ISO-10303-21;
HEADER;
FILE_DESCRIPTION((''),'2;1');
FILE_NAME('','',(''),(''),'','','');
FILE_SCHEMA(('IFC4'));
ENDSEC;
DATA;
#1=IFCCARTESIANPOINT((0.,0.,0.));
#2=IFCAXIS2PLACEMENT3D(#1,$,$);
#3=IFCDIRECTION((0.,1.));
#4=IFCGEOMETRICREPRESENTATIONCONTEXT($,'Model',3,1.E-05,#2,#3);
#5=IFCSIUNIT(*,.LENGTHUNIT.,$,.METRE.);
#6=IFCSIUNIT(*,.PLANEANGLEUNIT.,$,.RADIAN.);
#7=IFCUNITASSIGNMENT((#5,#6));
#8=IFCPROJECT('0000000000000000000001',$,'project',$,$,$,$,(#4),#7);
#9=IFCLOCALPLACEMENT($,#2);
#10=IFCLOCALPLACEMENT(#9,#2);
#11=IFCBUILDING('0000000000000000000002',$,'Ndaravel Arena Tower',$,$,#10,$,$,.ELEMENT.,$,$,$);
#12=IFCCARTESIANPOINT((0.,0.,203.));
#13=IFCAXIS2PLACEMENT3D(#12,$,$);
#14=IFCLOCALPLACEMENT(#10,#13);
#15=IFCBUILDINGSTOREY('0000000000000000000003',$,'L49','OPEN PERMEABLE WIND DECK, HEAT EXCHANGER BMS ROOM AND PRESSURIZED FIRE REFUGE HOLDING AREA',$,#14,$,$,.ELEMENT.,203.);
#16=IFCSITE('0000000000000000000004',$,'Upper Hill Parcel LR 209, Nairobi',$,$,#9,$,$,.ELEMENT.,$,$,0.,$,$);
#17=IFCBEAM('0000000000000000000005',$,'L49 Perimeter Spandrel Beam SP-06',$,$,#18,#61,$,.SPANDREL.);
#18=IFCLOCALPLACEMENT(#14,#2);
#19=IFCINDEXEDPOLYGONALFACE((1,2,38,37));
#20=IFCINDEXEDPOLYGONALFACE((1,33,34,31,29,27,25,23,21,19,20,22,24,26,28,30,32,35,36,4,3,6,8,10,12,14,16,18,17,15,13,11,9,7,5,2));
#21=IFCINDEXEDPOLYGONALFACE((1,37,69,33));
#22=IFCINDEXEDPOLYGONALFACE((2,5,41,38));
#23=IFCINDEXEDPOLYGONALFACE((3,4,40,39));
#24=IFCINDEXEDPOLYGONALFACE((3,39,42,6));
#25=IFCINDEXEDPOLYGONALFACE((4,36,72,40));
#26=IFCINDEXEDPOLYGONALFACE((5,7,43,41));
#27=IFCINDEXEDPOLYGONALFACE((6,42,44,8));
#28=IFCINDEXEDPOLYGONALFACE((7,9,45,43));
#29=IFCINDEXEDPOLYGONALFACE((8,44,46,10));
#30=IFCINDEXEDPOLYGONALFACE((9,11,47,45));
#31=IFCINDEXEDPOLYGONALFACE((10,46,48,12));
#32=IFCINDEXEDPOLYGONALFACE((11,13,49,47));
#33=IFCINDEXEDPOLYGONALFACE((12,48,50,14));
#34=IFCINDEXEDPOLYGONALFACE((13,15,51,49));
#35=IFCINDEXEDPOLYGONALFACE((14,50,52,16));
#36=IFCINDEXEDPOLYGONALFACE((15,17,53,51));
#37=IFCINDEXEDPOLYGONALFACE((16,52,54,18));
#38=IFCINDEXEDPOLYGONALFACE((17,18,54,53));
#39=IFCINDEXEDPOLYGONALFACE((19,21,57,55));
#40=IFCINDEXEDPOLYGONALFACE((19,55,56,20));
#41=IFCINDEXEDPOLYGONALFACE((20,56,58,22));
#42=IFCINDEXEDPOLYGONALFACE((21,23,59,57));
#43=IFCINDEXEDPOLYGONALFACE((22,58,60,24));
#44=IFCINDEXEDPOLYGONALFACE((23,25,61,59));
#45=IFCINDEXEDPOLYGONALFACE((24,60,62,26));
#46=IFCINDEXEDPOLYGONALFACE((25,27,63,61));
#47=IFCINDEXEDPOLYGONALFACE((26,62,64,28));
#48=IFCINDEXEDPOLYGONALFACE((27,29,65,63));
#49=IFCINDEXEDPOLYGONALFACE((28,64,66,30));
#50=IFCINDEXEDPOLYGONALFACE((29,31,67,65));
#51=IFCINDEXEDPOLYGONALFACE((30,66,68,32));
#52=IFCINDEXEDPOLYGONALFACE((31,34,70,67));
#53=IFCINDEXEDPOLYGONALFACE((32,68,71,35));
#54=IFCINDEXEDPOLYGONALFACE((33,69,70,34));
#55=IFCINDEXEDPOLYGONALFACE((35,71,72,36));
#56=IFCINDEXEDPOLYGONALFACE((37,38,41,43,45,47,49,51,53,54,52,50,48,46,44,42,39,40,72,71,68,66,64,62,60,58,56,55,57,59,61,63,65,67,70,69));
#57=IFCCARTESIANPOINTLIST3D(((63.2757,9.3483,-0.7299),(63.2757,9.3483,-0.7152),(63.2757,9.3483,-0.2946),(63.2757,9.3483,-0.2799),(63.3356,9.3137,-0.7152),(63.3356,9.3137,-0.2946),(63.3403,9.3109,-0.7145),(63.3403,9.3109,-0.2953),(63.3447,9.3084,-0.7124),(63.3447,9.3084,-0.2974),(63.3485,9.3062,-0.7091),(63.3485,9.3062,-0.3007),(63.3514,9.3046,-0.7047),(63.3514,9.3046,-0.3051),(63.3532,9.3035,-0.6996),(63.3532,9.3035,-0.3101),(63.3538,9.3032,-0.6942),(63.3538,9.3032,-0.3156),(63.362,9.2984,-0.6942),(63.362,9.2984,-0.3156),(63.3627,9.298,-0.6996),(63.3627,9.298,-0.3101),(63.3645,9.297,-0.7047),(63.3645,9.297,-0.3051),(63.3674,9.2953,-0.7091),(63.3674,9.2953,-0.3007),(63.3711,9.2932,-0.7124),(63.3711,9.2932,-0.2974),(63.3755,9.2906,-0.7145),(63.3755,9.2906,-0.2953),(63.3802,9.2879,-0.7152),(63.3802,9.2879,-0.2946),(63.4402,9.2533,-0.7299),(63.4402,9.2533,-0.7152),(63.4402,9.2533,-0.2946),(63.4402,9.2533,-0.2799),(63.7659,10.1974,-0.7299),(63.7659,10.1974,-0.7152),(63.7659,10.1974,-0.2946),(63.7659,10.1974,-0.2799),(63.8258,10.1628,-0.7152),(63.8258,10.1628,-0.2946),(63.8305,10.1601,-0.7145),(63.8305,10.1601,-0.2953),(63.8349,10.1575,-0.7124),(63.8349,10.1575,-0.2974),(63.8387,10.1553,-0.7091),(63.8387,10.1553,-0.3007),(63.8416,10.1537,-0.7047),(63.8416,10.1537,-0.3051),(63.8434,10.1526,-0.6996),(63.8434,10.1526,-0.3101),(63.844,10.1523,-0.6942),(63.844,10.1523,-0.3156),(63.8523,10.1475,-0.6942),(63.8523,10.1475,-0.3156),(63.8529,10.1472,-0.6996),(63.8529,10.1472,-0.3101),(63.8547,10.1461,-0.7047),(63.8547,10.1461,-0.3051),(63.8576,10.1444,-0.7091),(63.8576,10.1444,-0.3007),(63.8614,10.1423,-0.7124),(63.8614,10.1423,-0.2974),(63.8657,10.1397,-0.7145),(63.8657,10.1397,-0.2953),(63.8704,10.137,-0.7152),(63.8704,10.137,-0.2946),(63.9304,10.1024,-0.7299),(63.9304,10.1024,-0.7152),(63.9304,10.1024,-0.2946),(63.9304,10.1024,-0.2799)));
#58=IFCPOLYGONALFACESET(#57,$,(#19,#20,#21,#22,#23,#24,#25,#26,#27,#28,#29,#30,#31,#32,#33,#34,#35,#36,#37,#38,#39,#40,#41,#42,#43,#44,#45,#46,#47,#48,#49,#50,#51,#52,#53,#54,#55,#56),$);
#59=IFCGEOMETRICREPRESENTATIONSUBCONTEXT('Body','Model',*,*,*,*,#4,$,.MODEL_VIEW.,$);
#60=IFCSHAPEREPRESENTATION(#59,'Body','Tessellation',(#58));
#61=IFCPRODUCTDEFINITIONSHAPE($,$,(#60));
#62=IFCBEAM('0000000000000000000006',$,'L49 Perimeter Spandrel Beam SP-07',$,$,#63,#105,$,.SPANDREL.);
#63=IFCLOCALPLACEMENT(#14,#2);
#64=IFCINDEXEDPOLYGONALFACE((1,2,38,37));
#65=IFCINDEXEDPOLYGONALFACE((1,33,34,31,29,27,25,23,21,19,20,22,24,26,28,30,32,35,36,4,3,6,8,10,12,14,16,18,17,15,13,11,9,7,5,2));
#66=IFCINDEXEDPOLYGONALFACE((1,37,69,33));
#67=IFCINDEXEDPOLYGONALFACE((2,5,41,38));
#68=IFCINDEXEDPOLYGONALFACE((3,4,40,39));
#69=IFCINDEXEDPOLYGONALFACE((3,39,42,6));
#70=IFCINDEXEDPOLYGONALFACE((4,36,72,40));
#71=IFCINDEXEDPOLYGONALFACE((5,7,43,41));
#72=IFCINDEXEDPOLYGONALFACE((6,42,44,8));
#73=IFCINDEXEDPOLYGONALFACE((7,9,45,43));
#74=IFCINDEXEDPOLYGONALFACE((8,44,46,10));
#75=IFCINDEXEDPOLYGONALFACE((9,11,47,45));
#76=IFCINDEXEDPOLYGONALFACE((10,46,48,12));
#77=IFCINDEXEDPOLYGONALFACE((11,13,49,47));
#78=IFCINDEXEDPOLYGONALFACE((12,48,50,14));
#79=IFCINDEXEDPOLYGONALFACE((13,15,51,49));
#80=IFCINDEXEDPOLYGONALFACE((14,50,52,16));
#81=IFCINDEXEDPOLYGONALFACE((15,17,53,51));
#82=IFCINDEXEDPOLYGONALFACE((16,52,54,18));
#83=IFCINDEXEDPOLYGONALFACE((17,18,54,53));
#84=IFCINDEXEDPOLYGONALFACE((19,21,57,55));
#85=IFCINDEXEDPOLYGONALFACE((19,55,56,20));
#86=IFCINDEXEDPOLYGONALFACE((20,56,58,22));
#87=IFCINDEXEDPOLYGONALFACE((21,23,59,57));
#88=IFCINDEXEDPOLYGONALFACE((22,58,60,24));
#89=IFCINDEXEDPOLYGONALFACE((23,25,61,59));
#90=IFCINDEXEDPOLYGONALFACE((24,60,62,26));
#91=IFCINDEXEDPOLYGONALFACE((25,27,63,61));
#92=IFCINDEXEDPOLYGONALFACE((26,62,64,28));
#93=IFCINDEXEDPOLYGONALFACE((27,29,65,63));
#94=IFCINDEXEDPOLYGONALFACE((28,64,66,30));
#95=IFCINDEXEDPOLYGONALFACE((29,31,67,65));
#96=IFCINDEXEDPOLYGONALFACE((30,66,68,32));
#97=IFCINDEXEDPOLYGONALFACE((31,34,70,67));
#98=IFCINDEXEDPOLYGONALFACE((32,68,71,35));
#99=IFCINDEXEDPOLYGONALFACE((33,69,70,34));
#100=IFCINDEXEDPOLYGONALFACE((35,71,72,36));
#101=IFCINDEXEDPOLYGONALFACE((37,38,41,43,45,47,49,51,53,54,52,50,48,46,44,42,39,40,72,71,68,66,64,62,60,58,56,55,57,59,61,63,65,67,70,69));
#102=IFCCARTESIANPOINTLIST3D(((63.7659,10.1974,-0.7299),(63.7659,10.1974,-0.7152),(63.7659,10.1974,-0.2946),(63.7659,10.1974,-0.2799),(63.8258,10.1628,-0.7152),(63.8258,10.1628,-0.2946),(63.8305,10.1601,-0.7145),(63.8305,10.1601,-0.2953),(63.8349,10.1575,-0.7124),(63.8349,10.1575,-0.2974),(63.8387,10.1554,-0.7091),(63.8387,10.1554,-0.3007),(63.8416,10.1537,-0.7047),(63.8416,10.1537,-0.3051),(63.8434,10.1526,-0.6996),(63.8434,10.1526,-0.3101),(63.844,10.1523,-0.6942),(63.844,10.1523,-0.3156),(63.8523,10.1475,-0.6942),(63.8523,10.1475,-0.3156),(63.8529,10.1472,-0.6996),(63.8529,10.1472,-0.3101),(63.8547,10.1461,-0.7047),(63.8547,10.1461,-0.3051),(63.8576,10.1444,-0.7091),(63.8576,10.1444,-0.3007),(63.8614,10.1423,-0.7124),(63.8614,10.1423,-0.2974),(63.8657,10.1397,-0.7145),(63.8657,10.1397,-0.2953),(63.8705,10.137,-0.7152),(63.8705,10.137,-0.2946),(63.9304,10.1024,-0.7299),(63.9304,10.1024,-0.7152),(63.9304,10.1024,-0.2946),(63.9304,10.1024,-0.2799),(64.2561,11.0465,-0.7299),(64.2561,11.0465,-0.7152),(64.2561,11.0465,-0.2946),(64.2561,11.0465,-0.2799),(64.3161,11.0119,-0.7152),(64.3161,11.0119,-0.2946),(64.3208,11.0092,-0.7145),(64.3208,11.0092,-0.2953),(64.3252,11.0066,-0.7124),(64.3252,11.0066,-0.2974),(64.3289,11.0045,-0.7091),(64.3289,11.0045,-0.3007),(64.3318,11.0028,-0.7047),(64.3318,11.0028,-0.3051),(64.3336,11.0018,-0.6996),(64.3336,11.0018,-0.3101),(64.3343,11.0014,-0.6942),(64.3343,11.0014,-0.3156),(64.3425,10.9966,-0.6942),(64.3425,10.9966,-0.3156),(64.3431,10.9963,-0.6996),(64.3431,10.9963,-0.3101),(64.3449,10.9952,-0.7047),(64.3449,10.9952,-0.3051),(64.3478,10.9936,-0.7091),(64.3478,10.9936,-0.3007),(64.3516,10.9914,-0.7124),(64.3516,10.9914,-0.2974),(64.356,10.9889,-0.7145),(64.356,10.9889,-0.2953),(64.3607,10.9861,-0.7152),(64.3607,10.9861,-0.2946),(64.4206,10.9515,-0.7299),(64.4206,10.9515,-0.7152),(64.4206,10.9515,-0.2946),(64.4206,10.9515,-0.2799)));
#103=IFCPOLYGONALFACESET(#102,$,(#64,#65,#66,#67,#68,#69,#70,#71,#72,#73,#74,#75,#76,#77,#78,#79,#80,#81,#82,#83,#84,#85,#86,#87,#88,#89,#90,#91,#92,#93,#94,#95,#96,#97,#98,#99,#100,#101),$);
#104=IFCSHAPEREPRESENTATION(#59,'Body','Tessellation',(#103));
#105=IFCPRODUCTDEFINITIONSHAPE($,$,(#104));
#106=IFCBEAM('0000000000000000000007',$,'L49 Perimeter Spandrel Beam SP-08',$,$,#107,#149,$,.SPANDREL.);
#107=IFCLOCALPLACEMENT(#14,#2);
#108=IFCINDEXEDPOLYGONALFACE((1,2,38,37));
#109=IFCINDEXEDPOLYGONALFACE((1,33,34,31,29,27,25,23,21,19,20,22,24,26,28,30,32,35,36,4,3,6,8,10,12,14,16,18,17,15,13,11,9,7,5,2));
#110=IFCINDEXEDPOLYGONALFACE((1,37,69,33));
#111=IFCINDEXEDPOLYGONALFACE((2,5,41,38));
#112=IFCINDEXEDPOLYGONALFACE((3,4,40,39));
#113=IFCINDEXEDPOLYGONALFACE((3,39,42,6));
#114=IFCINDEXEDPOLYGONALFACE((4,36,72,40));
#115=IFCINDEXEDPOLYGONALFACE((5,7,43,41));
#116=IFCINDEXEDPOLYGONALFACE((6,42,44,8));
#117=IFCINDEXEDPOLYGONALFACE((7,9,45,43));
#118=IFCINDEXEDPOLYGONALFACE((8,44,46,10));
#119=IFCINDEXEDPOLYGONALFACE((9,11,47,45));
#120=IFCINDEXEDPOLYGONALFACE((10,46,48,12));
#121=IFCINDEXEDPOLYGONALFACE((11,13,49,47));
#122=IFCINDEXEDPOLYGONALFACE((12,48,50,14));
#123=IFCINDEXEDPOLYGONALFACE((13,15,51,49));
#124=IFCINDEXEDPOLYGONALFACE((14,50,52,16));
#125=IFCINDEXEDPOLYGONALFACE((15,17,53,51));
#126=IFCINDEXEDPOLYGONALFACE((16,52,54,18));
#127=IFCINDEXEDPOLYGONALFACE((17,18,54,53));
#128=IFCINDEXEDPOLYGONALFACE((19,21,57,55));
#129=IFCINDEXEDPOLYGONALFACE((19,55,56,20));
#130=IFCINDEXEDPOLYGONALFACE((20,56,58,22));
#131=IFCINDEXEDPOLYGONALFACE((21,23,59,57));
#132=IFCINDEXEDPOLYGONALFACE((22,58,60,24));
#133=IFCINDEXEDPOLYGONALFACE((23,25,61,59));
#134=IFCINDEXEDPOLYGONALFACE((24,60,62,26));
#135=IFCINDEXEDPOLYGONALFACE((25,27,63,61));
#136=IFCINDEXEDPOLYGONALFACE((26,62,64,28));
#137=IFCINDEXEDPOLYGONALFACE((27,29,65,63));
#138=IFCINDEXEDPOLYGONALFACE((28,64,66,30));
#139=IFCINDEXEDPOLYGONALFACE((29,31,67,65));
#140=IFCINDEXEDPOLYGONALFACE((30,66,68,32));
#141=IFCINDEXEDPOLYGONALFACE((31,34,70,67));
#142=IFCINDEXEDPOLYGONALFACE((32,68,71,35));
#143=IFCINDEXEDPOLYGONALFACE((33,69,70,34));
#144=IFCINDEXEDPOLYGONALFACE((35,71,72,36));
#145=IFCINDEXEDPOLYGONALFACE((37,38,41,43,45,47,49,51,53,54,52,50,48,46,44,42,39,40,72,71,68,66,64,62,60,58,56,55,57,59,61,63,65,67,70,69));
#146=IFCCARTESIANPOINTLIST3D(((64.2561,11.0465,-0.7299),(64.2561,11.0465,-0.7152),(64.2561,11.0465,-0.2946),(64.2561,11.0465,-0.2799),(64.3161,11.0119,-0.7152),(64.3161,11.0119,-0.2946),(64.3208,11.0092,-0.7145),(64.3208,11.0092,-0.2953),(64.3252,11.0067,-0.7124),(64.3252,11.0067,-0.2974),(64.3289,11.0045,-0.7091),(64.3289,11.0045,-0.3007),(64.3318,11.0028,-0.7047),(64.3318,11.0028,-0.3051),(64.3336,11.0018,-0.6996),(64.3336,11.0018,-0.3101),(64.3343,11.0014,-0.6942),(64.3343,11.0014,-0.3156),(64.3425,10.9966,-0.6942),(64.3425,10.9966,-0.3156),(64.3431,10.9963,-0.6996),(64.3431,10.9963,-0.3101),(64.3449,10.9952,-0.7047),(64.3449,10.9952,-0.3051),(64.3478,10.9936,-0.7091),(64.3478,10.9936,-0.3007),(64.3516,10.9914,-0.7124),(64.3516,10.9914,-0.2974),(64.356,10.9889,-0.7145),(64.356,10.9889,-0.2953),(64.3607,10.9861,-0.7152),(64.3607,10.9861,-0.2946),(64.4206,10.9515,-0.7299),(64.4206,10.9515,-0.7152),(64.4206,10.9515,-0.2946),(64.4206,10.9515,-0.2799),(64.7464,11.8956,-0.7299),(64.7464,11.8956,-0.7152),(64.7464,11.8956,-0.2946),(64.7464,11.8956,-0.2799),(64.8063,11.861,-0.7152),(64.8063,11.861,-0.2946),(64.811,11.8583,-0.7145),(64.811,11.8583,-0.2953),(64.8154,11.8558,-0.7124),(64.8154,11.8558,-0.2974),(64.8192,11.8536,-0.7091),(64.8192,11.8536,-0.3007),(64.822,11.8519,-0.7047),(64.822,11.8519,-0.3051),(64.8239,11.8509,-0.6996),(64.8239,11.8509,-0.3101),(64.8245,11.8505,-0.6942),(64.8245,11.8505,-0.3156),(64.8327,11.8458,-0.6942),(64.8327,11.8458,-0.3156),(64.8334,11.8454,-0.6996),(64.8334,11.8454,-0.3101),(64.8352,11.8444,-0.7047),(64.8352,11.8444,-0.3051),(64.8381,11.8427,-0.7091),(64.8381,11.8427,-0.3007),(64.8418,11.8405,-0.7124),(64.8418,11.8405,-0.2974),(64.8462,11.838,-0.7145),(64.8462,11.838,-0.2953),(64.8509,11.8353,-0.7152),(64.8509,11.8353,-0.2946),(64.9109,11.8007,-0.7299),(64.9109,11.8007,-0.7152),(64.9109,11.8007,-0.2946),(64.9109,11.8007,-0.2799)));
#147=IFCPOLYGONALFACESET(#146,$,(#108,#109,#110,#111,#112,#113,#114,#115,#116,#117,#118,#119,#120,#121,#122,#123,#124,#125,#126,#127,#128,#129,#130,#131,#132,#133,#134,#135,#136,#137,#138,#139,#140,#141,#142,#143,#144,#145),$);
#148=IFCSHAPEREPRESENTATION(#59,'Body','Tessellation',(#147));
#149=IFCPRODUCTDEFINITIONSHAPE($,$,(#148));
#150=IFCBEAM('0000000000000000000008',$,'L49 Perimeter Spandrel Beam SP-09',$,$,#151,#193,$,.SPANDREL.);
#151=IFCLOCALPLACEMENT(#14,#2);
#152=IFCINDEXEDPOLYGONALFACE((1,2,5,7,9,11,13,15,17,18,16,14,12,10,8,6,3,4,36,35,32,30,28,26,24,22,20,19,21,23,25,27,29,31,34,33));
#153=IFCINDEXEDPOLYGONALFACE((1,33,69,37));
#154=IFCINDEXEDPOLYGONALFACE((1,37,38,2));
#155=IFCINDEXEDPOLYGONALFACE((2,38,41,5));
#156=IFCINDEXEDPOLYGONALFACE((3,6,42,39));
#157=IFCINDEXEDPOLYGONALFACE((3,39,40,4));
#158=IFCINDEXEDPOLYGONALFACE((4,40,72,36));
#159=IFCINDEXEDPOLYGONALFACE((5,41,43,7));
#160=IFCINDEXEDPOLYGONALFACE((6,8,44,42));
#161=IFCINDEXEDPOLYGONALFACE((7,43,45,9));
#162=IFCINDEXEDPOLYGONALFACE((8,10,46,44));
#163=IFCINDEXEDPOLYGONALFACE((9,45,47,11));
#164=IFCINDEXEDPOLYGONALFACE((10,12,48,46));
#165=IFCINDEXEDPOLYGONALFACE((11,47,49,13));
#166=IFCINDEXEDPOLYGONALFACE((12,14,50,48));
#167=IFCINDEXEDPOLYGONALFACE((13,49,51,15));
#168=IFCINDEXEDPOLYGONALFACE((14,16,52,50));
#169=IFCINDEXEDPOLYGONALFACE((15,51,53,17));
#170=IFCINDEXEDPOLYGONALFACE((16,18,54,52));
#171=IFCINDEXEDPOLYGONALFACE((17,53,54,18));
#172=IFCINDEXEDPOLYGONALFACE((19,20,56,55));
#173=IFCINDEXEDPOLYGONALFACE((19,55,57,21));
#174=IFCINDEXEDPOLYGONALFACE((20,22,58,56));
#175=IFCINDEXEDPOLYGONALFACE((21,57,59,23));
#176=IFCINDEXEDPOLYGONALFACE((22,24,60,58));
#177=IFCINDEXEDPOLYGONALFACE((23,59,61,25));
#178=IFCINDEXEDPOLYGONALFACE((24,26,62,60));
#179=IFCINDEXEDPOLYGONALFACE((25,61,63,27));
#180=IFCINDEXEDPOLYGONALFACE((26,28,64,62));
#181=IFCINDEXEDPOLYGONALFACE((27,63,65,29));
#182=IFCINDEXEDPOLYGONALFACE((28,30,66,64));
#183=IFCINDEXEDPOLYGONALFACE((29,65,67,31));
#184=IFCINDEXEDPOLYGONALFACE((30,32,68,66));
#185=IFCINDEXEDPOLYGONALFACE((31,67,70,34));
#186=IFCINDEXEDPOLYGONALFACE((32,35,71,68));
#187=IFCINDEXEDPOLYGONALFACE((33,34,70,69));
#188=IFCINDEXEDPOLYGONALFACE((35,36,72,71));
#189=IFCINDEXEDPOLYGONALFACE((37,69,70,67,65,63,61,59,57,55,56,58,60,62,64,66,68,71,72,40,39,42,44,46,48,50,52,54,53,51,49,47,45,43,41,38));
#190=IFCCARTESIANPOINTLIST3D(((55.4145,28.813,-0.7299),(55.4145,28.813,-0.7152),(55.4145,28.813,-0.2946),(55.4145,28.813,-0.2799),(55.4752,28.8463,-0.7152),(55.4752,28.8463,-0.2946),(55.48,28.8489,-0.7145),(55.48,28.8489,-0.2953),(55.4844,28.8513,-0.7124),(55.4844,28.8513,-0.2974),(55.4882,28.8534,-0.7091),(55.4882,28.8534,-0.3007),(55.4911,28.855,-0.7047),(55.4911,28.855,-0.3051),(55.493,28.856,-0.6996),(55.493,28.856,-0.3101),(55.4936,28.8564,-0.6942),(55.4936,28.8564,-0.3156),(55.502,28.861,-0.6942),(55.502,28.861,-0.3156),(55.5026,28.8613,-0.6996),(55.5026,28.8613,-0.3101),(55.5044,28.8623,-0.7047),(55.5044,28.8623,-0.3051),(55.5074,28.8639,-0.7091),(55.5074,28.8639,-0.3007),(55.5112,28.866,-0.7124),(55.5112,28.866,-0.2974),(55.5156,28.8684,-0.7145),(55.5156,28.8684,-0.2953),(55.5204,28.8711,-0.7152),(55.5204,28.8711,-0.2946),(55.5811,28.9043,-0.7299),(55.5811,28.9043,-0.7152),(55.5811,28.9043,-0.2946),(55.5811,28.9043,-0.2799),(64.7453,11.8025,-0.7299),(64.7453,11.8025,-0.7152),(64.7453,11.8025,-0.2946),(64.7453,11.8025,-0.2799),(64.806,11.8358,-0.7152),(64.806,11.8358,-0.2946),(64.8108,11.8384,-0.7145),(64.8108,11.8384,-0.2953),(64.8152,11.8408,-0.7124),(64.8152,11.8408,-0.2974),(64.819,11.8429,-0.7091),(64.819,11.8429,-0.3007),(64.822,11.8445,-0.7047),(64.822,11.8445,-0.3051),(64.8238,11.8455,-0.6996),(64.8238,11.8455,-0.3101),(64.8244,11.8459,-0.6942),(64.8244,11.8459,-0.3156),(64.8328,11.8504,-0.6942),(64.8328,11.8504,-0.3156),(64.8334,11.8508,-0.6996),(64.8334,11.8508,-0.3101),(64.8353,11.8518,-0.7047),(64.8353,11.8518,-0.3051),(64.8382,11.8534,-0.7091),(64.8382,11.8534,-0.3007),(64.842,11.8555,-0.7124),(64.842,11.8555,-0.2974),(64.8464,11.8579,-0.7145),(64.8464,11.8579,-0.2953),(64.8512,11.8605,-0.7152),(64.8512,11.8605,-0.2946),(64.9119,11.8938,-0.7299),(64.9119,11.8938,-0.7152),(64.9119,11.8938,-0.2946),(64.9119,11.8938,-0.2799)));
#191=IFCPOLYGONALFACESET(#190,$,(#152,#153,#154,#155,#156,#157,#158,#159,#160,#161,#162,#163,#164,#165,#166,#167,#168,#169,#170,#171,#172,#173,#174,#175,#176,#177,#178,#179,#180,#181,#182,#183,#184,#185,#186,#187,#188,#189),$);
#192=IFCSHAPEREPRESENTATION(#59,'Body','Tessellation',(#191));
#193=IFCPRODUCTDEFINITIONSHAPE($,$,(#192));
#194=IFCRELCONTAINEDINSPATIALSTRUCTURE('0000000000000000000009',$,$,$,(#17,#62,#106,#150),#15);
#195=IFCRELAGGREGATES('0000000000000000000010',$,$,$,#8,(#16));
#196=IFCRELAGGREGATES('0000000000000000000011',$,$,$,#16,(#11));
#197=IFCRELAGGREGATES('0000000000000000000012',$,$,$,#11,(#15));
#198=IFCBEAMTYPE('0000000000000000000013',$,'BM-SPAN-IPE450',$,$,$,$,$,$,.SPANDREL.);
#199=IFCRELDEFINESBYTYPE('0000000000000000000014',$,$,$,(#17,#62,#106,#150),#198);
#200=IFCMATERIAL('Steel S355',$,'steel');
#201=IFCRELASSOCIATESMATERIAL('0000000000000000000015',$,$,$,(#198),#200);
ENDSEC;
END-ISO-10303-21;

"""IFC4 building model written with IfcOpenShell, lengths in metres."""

from ifc_helpers import new_model, si_unit, direction, frame, origin, origin_2d, place, context, subcontext, project, spatial, i_section, extrude, material, material_profile, profile_set, type_object, element, save


model = new_model("IFC4")

# Units and contexts
model_context = context("Model", 3, precision=1e-05, world=origin(), true_north=direction((0.0, 1.0)))
body_context = subcontext(model_context, "Body", "Model", "MODEL_VIEW")
ifc_project = project(units=[si_unit("LENGTHUNIT", "METRE"), si_unit("PLANEANGLEUNIT", "RADIAN")], contexts=[model_context])

# Site, building, storey
site_placement = place(None, origin())
site = spatial("IfcSite", under=ifc_project, at=site_placement, Name="Upper Hill Parcel LR 209, Nairobi", CompositionType="ELEMENT", RefElevation=0.0)
building_placement = place(site_placement, origin())
building = spatial("IfcBuilding", under=site, at=building_placement, Name="Ndaravel Arena Tower", CompositionType="ELEMENT")
storey_placement = place(building_placement, frame((0.0, 0.0, 203.0)))
storey = spatial("IfcBuildingStorey", under=building, at=storey_placement, Name="L49", Description="OPEN PERMEABLE WIND DECK, HEAT EXCHANGER BMS ROOM AND PRESSURIZED FIRE REFUGE HOLDING AREA", CompositionType="ELEMENT", Elevation=203.0)

# Beams
ifc_material_1 = material(Name="Steel S355", Category="steel")
ifc_material_profile_1 = material_profile(ifc_material_1, i_section(OverallWidth=0.1899, OverallDepth=0.45, WebThickness=0.0095, FlangeThickness=0.0146, FilletRadius=0.021, at=origin_2d()), Name="IPE 450")
ifc_profile_set_1 = profile_set([ifc_material_profile_1], Name="Steel S355")
beam_type = type_object("IfcBeamType", Name="BM-SPAN-IPE450", PredefinedType="SPANDREL", material=ifc_profile_set_1)
for number, where, z_axis, x_axis, name in (
    (1, (63.3579, 9.3008, -0.5049), (0.499995, 0.866028, 0.0), (-0.866028, 0.499995, 0.0), "L49 Perimeter Spandrel Beam SP-06"),
    (2, (63.8481, 10.1499, -0.5049), (0.499995, 0.866028, 0.0), (-0.866028, 0.499995, 0.0), "L49 Perimeter Spandrel Beam SP-07"),
    (3, (64.3384, 10.999, -0.5049), (0.499995, 0.866028, 0.0), (-0.866028, 0.499995, 0.0), "L49 Perimeter Spandrel Beam SP-08"),
):
    element("IfcBeam", number, at=place(storey_placement, frame(where, z_axis=z_axis, x_axis=x_axis)), inside=storey, type_object=beam_type, Name=name, PredefinedType="SPANDREL", context=body_context, shape_type="SweptSolid", body=[
        extrude(i_section(OverallWidth=0.1899, OverallDepth=0.45, WebThickness=0.0095, FlangeThickness=0.0146, FilletRadius=0.021, at=origin_2d()), origin(), (0.0, 0.0, 1.0), 0.9805),
    ])
beam_1_placement = place(storey_placement, frame((64.8286, 11.8481, -0.5049), z_axis=(-0.480931, 0.876759, 0.0), x_axis=(-0.876759, -0.480931, 0.0)))
element("IfcBeam", 4, at=beam_1_placement, inside=storey, type_object=beam_type, Name="L49 Perimeter Spandrel Beam SP-09", PredefinedType="SPANDREL", context=body_context, shape_type="SweptSolid", body=[
    extrude(i_section(OverallWidth=0.1899, OverallDepth=0.45, WebThickness=0.0095, FlangeThickness=0.0146, FilletRadius=0.021, at=origin_2d()), origin(), (0.0, 0.0, 1.0), 19.4016),
])

save(model, "model.ifc")
